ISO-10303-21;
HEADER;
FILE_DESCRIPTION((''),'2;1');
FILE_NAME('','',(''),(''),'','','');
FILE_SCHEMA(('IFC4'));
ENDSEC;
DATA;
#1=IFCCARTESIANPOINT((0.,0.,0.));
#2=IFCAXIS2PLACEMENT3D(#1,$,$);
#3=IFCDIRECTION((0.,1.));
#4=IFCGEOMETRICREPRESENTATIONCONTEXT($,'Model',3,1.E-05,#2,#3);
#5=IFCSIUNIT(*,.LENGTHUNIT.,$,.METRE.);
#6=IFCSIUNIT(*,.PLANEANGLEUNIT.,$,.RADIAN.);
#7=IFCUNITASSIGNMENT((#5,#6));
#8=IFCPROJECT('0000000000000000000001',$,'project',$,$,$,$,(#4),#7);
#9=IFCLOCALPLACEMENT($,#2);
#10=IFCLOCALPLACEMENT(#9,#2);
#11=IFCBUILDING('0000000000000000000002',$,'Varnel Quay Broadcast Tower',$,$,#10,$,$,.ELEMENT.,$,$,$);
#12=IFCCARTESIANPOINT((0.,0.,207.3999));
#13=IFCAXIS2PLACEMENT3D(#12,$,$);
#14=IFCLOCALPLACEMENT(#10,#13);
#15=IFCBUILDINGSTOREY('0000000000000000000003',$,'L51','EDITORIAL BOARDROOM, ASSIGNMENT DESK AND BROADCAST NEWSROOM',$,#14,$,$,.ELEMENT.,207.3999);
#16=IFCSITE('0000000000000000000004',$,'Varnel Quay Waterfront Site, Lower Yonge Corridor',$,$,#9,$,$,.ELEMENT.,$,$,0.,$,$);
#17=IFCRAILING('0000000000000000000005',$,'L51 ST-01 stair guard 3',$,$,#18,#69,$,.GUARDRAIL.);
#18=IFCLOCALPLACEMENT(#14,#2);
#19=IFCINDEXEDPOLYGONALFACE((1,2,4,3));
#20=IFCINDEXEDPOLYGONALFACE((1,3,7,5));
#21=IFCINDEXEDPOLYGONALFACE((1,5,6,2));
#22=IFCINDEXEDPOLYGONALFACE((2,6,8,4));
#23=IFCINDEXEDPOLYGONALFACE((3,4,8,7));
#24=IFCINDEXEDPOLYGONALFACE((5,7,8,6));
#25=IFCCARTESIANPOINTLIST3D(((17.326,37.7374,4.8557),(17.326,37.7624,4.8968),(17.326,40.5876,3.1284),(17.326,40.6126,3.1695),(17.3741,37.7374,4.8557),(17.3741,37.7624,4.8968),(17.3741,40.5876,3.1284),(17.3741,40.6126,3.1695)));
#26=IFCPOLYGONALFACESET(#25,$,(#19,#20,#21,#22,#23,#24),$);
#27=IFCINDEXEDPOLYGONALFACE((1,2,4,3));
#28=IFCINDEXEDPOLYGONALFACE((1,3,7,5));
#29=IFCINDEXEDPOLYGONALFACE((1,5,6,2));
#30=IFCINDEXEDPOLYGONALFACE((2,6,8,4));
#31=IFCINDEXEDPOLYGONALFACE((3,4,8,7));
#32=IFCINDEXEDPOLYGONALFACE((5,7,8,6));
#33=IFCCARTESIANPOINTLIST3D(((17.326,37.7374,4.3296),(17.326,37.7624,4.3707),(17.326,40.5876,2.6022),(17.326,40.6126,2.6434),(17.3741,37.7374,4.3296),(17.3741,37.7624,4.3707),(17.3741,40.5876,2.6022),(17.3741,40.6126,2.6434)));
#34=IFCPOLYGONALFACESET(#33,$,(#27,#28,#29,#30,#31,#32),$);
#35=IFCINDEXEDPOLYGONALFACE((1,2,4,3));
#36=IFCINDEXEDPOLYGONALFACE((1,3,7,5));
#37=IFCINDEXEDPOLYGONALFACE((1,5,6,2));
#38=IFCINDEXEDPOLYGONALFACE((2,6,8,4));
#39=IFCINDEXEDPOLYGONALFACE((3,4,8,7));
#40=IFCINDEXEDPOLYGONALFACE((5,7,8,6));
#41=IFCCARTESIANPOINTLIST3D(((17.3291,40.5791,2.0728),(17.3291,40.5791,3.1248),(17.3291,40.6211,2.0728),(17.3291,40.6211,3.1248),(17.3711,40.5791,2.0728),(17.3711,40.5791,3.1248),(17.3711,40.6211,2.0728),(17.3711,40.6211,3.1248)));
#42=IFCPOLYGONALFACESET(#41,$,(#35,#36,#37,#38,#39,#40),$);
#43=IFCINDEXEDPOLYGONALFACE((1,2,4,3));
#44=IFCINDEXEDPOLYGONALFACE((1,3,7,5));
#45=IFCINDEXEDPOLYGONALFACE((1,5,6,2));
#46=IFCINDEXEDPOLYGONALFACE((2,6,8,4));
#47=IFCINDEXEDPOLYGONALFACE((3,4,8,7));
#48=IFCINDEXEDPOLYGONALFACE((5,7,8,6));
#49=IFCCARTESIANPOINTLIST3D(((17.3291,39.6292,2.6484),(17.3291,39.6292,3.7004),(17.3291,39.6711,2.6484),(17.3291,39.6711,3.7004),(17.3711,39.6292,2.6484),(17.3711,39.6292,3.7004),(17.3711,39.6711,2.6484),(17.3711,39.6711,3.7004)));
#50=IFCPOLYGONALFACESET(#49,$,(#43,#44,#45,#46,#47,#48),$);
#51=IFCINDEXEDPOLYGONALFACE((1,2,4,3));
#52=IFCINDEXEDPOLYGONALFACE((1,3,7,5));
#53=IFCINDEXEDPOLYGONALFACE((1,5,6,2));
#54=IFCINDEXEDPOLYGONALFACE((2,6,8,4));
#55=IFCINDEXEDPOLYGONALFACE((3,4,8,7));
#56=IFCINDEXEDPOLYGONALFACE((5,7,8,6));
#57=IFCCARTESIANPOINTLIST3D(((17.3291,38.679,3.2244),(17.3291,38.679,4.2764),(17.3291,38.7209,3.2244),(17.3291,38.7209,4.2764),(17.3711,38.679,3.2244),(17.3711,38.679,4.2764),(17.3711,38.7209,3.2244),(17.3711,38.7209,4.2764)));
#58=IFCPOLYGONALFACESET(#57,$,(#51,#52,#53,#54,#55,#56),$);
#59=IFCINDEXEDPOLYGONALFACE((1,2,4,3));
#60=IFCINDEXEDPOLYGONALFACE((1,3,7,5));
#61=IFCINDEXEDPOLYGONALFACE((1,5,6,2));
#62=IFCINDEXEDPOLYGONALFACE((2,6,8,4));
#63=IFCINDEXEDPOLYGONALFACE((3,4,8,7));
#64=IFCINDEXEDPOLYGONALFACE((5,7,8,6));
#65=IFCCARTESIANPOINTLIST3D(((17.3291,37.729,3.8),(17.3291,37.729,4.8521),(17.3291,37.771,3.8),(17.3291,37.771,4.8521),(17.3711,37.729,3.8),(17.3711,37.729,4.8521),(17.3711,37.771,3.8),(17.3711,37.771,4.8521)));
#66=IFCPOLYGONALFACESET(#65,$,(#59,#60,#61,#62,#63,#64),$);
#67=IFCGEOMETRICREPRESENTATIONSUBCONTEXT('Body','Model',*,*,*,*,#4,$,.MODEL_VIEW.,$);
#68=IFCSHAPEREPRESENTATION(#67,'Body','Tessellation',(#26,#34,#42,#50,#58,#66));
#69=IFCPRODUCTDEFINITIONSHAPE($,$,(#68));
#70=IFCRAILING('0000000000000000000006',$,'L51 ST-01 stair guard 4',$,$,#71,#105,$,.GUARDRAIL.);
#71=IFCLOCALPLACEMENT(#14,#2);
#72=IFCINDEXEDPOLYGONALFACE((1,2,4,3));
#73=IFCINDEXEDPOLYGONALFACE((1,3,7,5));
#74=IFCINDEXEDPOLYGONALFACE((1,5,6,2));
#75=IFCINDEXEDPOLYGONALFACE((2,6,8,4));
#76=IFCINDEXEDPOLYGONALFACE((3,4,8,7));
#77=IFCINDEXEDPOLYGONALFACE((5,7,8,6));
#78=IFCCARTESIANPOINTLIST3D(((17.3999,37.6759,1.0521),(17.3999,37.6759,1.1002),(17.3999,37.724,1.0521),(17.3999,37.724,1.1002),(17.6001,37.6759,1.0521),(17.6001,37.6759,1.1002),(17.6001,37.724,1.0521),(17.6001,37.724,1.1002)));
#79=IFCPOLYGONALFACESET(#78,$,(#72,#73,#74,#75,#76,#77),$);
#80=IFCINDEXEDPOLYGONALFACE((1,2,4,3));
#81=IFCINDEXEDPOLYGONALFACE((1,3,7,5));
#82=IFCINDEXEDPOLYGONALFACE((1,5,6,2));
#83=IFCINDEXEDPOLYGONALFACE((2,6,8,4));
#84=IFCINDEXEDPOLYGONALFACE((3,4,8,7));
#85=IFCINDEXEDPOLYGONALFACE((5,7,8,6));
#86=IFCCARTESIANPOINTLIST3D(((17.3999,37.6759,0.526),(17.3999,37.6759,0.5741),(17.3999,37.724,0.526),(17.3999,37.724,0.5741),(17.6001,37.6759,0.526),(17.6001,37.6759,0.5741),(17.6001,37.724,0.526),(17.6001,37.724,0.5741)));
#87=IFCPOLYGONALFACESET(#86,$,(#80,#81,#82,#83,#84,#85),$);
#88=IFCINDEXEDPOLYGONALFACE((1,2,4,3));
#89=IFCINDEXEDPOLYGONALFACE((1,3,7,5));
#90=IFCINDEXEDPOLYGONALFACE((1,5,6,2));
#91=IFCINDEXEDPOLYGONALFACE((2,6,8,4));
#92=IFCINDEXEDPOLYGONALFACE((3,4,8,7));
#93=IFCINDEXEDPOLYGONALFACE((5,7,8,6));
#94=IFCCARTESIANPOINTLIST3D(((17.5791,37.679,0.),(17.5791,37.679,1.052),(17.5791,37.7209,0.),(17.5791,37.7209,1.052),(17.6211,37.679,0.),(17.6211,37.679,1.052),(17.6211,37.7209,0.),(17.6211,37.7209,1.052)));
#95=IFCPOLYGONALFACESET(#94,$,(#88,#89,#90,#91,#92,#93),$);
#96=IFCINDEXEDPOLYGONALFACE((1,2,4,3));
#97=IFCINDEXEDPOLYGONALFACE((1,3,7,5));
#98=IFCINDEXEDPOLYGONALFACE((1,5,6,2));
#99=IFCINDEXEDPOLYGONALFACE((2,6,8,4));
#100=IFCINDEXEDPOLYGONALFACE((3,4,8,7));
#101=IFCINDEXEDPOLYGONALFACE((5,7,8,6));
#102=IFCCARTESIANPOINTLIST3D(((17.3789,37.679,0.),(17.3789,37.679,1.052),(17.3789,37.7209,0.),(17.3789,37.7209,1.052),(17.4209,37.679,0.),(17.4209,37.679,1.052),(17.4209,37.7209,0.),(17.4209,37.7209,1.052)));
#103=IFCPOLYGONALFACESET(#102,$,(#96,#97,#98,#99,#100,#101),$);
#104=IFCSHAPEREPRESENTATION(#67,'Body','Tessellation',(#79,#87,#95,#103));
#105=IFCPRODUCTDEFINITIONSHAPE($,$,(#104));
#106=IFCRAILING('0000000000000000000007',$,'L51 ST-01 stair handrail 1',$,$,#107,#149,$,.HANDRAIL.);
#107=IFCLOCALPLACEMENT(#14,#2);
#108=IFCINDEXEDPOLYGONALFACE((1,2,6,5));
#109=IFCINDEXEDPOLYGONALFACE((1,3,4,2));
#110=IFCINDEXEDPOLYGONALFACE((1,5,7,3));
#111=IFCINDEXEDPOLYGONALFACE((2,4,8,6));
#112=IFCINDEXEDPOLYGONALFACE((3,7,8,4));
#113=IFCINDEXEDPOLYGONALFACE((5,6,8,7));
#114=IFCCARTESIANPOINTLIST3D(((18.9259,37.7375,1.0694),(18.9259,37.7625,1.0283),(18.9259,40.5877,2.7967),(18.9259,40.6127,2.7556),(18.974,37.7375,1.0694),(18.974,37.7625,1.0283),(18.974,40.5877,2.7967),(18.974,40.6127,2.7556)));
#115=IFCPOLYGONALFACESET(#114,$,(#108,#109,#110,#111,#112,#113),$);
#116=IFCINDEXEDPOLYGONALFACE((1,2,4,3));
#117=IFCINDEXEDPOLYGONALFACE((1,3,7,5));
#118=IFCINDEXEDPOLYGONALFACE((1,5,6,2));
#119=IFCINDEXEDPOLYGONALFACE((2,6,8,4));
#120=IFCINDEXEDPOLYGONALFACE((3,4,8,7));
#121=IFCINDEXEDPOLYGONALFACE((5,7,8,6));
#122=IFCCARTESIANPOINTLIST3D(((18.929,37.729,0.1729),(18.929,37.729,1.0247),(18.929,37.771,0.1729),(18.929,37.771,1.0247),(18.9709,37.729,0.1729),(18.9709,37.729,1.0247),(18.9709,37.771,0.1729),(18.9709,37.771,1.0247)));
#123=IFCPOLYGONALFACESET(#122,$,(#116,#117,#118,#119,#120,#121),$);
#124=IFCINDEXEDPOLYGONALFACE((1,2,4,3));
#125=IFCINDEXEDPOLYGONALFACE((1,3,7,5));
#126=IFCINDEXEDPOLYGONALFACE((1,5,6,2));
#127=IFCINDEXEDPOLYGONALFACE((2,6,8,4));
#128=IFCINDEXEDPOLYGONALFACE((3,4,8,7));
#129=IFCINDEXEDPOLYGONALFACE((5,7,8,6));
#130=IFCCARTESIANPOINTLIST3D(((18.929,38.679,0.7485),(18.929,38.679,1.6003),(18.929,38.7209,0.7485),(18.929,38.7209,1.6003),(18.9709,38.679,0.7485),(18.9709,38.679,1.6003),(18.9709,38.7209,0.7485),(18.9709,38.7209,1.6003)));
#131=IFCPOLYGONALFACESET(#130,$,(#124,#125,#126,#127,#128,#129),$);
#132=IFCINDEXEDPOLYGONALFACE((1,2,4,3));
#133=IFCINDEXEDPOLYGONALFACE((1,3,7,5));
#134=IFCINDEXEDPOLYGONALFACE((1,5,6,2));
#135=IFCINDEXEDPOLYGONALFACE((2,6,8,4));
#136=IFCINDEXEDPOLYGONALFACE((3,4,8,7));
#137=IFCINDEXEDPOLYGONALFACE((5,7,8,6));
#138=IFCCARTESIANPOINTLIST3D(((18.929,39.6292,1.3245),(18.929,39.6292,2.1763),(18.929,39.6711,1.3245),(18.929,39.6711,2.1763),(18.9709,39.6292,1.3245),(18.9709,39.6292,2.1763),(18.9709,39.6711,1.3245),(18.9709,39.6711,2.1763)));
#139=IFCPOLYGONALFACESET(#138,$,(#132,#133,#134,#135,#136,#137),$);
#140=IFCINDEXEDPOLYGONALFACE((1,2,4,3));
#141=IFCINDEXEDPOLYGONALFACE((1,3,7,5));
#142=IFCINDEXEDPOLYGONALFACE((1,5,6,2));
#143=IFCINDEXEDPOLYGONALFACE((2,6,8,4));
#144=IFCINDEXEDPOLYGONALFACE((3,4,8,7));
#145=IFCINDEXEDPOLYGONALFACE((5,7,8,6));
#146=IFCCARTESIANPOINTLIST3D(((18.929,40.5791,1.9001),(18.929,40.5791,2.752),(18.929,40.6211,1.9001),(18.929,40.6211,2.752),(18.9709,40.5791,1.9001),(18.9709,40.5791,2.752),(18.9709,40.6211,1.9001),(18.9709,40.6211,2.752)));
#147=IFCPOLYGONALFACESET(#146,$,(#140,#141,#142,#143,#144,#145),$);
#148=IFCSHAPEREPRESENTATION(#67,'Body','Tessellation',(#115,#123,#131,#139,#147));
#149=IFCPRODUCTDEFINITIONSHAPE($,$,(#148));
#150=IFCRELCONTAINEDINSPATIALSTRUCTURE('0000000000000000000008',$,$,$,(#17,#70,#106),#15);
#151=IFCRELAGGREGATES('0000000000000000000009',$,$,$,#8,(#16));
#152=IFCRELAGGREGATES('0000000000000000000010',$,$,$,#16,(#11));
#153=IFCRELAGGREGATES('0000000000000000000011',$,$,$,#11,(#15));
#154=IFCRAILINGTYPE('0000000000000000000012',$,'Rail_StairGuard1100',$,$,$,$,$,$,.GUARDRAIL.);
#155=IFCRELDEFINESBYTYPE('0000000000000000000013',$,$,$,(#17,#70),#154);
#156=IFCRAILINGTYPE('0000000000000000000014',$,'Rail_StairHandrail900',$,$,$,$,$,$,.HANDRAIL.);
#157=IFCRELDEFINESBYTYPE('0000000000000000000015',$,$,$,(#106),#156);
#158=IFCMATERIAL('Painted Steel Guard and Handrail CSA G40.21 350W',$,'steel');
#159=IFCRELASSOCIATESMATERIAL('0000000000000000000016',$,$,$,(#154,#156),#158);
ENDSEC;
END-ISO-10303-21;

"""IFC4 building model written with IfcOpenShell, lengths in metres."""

from ifc_helpers import new_model, si_unit, direction, frame, origin, origin_2d, place, context, subcontext, project, spatial, rectangle, extrude, material, type_object, element, save


model = new_model("IFC4")

# Units and contexts
model_context = context("Model", 3, precision=1e-05, world=origin(), true_north=direction((0.0, 1.0)))
body_context = subcontext(model_context, "Body", "Model", "MODEL_VIEW")
ifc_project = project(units=[si_unit("LENGTHUNIT", "METRE"), si_unit("PLANEANGLEUNIT", "RADIAN")], contexts=[model_context])

# Site, building, storey
site_placement = place(None, origin())
site = spatial("IfcSite", under=ifc_project, at=site_placement, Name="Varnel Quay Waterfront Site, Lower Yonge Corridor", CompositionType="ELEMENT", RefElevation=0.0)
building_placement = place(site_placement, origin())
building = spatial("IfcBuilding", under=site, at=building_placement, Name="Varnel Quay Broadcast Tower", CompositionType="ELEMENT")
storey_placement = place(building_placement, frame((0.0, 0.0, 207.3999)))
storey = spatial("IfcBuildingStorey", under=building, at=storey_placement, Name="L51", Description="EDITORIAL BOARDROOM, ASSIGNMENT DESK AND BROADCAST NEWSROOM", CompositionType="ELEMENT", Elevation=207.3999)

# Railings
ifc_material_1 = material(Name="Painted Steel Guard and Handrail CSA G40.21 350W", Category="steel")
railing_type_1 = type_object("IfcRailingType", Name="Rail_StairGuard1100", PredefinedType="GUARDRAIL", material=ifc_material_1)
railing_1_placement = place(storey_placement, frame((17.3501, 40.6001, 2.0728)))
element("IfcRailing", 1, at=railing_1_placement, inside=storey, type_object=railing_type_1, Name="L51 ST-01 stair guard 3", PredefinedType="GUARDRAIL", context=body_context, shape_type="SweptSolid", body=[
    extrude(rectangle(XDim=0.0481, YDim=0.0481, at=origin_2d()), frame((0.0, 0.0, 1.0762), z_axis=(0.0, -0.855203, 0.518294), x_axis=(1.0, 0.0, 0.0)), (0.0, 0.0, 1.0), 3.3328),
    extrude(rectangle(XDim=0.0481, YDim=0.0481, at=origin_2d()), frame((0.0, 0.0, 0.55), z_axis=(0.0, -0.855203, 0.518294), x_axis=(1.0, 0.0, 0.0)), (0.0, 0.0, 1.0), 3.3328),
    extrude(rectangle(XDim=0.042, YDim=0.042, at=origin_2d()), origin(), (0.0, 0.0, 1.0), 1.052),
    extrude(rectangle(XDim=0.042, YDim=0.042, at=origin_2d()), frame((0.0, -0.95, 0.5757)), (0.0, 0.0, 1.0), 1.052),
    extrude(rectangle(XDim=0.042, YDim=0.042, at=origin_2d()), frame((0.0, -1.9001, 1.1516)), (0.0, 0.0, 1.0), 1.052),
    extrude(rectangle(XDim=0.042, YDim=0.042, at=origin_2d()), frame((0.0, -2.8501, 1.7273)), (0.0, 0.0, 1.0), 1.052),
])
railing_2_placement = place(storey_placement, frame((17.6001, 37.7, 0.0)))
element("IfcRailing", 2, at=railing_2_placement, inside=storey, type_object=railing_type_1, Name="L51 ST-01 stair guard 4", PredefinedType="GUARDRAIL", context=body_context, shape_type="SweptSolid", body=[
    extrude(rectangle(XDim=0.0481, YDim=0.0481, at=origin_2d()), frame((0.0, 0.0, 1.0762), z_axis=(-1.0, 0.0, 0.0), x_axis=(0.0, -1.0, 0.0)), (0.0, 0.0, 1.0), 0.2002),
    extrude(rectangle(XDim=0.0481, YDim=0.0481, at=origin_2d()), frame((0.0, 0.0, 0.55), z_axis=(-1.0, 0.0, 0.0), x_axis=(0.0, -1.0, 0.0)), (0.0, 0.0, 1.0), 0.2002),
    extrude(rectangle(XDim=0.042, YDim=0.042, at=origin_2d()), origin(), (0.0, 0.0, 1.0), 1.052),
    extrude(rectangle(XDim=0.042, YDim=0.042, at=origin_2d()), frame((-0.2002, 0.0, 0.0)), (0.0, 0.0, 1.0), 1.052),
])
railing_type_2 = type_object("IfcRailingType", Name="Rail_StairHandrail900", PredefinedType="HANDRAIL", material=ifc_material_1)
railing_3_placement = place(storey_placement, frame((18.95, 37.75, 0.1729)))
element("IfcRailing", 3, at=railing_3_placement, inside=storey, type_object=railing_type_2, Name="L51 ST-01 stair handrail 1", PredefinedType="HANDRAIL", context=body_context, shape_type="SweptSolid", body=[
    extrude(rectangle(XDim=0.0481, YDim=0.0481, at=origin_2d()), frame((0.0, 0.0, 0.876), z_axis=(0.0, 0.855203, 0.518294), x_axis=(-1.0, 0.0, 0.0)), (0.0, 0.0, 1.0), 3.3328),
    extrude(rectangle(XDim=0.042, YDim=0.042, at=origin_2d()), origin(), (0.0, 0.0, 1.0), 0.8518),
    extrude(rectangle(XDim=0.042, YDim=0.042, at=origin_2d()), frame((0.0, 0.95, 0.5757)), (0.0, 0.0, 1.0), 0.8518),
    extrude(rectangle(XDim=0.042, YDim=0.042, at=origin_2d()), frame((0.0, 1.9001, 1.1516)), (0.0, 0.0, 1.0), 0.8518),
    extrude(rectangle(XDim=0.042, YDim=0.042, at=origin_2d()), frame((0.0, 2.8501, 1.7273)), (0.0, 0.0, 1.0), 0.8518),
])

save(model, "model.ifc")
